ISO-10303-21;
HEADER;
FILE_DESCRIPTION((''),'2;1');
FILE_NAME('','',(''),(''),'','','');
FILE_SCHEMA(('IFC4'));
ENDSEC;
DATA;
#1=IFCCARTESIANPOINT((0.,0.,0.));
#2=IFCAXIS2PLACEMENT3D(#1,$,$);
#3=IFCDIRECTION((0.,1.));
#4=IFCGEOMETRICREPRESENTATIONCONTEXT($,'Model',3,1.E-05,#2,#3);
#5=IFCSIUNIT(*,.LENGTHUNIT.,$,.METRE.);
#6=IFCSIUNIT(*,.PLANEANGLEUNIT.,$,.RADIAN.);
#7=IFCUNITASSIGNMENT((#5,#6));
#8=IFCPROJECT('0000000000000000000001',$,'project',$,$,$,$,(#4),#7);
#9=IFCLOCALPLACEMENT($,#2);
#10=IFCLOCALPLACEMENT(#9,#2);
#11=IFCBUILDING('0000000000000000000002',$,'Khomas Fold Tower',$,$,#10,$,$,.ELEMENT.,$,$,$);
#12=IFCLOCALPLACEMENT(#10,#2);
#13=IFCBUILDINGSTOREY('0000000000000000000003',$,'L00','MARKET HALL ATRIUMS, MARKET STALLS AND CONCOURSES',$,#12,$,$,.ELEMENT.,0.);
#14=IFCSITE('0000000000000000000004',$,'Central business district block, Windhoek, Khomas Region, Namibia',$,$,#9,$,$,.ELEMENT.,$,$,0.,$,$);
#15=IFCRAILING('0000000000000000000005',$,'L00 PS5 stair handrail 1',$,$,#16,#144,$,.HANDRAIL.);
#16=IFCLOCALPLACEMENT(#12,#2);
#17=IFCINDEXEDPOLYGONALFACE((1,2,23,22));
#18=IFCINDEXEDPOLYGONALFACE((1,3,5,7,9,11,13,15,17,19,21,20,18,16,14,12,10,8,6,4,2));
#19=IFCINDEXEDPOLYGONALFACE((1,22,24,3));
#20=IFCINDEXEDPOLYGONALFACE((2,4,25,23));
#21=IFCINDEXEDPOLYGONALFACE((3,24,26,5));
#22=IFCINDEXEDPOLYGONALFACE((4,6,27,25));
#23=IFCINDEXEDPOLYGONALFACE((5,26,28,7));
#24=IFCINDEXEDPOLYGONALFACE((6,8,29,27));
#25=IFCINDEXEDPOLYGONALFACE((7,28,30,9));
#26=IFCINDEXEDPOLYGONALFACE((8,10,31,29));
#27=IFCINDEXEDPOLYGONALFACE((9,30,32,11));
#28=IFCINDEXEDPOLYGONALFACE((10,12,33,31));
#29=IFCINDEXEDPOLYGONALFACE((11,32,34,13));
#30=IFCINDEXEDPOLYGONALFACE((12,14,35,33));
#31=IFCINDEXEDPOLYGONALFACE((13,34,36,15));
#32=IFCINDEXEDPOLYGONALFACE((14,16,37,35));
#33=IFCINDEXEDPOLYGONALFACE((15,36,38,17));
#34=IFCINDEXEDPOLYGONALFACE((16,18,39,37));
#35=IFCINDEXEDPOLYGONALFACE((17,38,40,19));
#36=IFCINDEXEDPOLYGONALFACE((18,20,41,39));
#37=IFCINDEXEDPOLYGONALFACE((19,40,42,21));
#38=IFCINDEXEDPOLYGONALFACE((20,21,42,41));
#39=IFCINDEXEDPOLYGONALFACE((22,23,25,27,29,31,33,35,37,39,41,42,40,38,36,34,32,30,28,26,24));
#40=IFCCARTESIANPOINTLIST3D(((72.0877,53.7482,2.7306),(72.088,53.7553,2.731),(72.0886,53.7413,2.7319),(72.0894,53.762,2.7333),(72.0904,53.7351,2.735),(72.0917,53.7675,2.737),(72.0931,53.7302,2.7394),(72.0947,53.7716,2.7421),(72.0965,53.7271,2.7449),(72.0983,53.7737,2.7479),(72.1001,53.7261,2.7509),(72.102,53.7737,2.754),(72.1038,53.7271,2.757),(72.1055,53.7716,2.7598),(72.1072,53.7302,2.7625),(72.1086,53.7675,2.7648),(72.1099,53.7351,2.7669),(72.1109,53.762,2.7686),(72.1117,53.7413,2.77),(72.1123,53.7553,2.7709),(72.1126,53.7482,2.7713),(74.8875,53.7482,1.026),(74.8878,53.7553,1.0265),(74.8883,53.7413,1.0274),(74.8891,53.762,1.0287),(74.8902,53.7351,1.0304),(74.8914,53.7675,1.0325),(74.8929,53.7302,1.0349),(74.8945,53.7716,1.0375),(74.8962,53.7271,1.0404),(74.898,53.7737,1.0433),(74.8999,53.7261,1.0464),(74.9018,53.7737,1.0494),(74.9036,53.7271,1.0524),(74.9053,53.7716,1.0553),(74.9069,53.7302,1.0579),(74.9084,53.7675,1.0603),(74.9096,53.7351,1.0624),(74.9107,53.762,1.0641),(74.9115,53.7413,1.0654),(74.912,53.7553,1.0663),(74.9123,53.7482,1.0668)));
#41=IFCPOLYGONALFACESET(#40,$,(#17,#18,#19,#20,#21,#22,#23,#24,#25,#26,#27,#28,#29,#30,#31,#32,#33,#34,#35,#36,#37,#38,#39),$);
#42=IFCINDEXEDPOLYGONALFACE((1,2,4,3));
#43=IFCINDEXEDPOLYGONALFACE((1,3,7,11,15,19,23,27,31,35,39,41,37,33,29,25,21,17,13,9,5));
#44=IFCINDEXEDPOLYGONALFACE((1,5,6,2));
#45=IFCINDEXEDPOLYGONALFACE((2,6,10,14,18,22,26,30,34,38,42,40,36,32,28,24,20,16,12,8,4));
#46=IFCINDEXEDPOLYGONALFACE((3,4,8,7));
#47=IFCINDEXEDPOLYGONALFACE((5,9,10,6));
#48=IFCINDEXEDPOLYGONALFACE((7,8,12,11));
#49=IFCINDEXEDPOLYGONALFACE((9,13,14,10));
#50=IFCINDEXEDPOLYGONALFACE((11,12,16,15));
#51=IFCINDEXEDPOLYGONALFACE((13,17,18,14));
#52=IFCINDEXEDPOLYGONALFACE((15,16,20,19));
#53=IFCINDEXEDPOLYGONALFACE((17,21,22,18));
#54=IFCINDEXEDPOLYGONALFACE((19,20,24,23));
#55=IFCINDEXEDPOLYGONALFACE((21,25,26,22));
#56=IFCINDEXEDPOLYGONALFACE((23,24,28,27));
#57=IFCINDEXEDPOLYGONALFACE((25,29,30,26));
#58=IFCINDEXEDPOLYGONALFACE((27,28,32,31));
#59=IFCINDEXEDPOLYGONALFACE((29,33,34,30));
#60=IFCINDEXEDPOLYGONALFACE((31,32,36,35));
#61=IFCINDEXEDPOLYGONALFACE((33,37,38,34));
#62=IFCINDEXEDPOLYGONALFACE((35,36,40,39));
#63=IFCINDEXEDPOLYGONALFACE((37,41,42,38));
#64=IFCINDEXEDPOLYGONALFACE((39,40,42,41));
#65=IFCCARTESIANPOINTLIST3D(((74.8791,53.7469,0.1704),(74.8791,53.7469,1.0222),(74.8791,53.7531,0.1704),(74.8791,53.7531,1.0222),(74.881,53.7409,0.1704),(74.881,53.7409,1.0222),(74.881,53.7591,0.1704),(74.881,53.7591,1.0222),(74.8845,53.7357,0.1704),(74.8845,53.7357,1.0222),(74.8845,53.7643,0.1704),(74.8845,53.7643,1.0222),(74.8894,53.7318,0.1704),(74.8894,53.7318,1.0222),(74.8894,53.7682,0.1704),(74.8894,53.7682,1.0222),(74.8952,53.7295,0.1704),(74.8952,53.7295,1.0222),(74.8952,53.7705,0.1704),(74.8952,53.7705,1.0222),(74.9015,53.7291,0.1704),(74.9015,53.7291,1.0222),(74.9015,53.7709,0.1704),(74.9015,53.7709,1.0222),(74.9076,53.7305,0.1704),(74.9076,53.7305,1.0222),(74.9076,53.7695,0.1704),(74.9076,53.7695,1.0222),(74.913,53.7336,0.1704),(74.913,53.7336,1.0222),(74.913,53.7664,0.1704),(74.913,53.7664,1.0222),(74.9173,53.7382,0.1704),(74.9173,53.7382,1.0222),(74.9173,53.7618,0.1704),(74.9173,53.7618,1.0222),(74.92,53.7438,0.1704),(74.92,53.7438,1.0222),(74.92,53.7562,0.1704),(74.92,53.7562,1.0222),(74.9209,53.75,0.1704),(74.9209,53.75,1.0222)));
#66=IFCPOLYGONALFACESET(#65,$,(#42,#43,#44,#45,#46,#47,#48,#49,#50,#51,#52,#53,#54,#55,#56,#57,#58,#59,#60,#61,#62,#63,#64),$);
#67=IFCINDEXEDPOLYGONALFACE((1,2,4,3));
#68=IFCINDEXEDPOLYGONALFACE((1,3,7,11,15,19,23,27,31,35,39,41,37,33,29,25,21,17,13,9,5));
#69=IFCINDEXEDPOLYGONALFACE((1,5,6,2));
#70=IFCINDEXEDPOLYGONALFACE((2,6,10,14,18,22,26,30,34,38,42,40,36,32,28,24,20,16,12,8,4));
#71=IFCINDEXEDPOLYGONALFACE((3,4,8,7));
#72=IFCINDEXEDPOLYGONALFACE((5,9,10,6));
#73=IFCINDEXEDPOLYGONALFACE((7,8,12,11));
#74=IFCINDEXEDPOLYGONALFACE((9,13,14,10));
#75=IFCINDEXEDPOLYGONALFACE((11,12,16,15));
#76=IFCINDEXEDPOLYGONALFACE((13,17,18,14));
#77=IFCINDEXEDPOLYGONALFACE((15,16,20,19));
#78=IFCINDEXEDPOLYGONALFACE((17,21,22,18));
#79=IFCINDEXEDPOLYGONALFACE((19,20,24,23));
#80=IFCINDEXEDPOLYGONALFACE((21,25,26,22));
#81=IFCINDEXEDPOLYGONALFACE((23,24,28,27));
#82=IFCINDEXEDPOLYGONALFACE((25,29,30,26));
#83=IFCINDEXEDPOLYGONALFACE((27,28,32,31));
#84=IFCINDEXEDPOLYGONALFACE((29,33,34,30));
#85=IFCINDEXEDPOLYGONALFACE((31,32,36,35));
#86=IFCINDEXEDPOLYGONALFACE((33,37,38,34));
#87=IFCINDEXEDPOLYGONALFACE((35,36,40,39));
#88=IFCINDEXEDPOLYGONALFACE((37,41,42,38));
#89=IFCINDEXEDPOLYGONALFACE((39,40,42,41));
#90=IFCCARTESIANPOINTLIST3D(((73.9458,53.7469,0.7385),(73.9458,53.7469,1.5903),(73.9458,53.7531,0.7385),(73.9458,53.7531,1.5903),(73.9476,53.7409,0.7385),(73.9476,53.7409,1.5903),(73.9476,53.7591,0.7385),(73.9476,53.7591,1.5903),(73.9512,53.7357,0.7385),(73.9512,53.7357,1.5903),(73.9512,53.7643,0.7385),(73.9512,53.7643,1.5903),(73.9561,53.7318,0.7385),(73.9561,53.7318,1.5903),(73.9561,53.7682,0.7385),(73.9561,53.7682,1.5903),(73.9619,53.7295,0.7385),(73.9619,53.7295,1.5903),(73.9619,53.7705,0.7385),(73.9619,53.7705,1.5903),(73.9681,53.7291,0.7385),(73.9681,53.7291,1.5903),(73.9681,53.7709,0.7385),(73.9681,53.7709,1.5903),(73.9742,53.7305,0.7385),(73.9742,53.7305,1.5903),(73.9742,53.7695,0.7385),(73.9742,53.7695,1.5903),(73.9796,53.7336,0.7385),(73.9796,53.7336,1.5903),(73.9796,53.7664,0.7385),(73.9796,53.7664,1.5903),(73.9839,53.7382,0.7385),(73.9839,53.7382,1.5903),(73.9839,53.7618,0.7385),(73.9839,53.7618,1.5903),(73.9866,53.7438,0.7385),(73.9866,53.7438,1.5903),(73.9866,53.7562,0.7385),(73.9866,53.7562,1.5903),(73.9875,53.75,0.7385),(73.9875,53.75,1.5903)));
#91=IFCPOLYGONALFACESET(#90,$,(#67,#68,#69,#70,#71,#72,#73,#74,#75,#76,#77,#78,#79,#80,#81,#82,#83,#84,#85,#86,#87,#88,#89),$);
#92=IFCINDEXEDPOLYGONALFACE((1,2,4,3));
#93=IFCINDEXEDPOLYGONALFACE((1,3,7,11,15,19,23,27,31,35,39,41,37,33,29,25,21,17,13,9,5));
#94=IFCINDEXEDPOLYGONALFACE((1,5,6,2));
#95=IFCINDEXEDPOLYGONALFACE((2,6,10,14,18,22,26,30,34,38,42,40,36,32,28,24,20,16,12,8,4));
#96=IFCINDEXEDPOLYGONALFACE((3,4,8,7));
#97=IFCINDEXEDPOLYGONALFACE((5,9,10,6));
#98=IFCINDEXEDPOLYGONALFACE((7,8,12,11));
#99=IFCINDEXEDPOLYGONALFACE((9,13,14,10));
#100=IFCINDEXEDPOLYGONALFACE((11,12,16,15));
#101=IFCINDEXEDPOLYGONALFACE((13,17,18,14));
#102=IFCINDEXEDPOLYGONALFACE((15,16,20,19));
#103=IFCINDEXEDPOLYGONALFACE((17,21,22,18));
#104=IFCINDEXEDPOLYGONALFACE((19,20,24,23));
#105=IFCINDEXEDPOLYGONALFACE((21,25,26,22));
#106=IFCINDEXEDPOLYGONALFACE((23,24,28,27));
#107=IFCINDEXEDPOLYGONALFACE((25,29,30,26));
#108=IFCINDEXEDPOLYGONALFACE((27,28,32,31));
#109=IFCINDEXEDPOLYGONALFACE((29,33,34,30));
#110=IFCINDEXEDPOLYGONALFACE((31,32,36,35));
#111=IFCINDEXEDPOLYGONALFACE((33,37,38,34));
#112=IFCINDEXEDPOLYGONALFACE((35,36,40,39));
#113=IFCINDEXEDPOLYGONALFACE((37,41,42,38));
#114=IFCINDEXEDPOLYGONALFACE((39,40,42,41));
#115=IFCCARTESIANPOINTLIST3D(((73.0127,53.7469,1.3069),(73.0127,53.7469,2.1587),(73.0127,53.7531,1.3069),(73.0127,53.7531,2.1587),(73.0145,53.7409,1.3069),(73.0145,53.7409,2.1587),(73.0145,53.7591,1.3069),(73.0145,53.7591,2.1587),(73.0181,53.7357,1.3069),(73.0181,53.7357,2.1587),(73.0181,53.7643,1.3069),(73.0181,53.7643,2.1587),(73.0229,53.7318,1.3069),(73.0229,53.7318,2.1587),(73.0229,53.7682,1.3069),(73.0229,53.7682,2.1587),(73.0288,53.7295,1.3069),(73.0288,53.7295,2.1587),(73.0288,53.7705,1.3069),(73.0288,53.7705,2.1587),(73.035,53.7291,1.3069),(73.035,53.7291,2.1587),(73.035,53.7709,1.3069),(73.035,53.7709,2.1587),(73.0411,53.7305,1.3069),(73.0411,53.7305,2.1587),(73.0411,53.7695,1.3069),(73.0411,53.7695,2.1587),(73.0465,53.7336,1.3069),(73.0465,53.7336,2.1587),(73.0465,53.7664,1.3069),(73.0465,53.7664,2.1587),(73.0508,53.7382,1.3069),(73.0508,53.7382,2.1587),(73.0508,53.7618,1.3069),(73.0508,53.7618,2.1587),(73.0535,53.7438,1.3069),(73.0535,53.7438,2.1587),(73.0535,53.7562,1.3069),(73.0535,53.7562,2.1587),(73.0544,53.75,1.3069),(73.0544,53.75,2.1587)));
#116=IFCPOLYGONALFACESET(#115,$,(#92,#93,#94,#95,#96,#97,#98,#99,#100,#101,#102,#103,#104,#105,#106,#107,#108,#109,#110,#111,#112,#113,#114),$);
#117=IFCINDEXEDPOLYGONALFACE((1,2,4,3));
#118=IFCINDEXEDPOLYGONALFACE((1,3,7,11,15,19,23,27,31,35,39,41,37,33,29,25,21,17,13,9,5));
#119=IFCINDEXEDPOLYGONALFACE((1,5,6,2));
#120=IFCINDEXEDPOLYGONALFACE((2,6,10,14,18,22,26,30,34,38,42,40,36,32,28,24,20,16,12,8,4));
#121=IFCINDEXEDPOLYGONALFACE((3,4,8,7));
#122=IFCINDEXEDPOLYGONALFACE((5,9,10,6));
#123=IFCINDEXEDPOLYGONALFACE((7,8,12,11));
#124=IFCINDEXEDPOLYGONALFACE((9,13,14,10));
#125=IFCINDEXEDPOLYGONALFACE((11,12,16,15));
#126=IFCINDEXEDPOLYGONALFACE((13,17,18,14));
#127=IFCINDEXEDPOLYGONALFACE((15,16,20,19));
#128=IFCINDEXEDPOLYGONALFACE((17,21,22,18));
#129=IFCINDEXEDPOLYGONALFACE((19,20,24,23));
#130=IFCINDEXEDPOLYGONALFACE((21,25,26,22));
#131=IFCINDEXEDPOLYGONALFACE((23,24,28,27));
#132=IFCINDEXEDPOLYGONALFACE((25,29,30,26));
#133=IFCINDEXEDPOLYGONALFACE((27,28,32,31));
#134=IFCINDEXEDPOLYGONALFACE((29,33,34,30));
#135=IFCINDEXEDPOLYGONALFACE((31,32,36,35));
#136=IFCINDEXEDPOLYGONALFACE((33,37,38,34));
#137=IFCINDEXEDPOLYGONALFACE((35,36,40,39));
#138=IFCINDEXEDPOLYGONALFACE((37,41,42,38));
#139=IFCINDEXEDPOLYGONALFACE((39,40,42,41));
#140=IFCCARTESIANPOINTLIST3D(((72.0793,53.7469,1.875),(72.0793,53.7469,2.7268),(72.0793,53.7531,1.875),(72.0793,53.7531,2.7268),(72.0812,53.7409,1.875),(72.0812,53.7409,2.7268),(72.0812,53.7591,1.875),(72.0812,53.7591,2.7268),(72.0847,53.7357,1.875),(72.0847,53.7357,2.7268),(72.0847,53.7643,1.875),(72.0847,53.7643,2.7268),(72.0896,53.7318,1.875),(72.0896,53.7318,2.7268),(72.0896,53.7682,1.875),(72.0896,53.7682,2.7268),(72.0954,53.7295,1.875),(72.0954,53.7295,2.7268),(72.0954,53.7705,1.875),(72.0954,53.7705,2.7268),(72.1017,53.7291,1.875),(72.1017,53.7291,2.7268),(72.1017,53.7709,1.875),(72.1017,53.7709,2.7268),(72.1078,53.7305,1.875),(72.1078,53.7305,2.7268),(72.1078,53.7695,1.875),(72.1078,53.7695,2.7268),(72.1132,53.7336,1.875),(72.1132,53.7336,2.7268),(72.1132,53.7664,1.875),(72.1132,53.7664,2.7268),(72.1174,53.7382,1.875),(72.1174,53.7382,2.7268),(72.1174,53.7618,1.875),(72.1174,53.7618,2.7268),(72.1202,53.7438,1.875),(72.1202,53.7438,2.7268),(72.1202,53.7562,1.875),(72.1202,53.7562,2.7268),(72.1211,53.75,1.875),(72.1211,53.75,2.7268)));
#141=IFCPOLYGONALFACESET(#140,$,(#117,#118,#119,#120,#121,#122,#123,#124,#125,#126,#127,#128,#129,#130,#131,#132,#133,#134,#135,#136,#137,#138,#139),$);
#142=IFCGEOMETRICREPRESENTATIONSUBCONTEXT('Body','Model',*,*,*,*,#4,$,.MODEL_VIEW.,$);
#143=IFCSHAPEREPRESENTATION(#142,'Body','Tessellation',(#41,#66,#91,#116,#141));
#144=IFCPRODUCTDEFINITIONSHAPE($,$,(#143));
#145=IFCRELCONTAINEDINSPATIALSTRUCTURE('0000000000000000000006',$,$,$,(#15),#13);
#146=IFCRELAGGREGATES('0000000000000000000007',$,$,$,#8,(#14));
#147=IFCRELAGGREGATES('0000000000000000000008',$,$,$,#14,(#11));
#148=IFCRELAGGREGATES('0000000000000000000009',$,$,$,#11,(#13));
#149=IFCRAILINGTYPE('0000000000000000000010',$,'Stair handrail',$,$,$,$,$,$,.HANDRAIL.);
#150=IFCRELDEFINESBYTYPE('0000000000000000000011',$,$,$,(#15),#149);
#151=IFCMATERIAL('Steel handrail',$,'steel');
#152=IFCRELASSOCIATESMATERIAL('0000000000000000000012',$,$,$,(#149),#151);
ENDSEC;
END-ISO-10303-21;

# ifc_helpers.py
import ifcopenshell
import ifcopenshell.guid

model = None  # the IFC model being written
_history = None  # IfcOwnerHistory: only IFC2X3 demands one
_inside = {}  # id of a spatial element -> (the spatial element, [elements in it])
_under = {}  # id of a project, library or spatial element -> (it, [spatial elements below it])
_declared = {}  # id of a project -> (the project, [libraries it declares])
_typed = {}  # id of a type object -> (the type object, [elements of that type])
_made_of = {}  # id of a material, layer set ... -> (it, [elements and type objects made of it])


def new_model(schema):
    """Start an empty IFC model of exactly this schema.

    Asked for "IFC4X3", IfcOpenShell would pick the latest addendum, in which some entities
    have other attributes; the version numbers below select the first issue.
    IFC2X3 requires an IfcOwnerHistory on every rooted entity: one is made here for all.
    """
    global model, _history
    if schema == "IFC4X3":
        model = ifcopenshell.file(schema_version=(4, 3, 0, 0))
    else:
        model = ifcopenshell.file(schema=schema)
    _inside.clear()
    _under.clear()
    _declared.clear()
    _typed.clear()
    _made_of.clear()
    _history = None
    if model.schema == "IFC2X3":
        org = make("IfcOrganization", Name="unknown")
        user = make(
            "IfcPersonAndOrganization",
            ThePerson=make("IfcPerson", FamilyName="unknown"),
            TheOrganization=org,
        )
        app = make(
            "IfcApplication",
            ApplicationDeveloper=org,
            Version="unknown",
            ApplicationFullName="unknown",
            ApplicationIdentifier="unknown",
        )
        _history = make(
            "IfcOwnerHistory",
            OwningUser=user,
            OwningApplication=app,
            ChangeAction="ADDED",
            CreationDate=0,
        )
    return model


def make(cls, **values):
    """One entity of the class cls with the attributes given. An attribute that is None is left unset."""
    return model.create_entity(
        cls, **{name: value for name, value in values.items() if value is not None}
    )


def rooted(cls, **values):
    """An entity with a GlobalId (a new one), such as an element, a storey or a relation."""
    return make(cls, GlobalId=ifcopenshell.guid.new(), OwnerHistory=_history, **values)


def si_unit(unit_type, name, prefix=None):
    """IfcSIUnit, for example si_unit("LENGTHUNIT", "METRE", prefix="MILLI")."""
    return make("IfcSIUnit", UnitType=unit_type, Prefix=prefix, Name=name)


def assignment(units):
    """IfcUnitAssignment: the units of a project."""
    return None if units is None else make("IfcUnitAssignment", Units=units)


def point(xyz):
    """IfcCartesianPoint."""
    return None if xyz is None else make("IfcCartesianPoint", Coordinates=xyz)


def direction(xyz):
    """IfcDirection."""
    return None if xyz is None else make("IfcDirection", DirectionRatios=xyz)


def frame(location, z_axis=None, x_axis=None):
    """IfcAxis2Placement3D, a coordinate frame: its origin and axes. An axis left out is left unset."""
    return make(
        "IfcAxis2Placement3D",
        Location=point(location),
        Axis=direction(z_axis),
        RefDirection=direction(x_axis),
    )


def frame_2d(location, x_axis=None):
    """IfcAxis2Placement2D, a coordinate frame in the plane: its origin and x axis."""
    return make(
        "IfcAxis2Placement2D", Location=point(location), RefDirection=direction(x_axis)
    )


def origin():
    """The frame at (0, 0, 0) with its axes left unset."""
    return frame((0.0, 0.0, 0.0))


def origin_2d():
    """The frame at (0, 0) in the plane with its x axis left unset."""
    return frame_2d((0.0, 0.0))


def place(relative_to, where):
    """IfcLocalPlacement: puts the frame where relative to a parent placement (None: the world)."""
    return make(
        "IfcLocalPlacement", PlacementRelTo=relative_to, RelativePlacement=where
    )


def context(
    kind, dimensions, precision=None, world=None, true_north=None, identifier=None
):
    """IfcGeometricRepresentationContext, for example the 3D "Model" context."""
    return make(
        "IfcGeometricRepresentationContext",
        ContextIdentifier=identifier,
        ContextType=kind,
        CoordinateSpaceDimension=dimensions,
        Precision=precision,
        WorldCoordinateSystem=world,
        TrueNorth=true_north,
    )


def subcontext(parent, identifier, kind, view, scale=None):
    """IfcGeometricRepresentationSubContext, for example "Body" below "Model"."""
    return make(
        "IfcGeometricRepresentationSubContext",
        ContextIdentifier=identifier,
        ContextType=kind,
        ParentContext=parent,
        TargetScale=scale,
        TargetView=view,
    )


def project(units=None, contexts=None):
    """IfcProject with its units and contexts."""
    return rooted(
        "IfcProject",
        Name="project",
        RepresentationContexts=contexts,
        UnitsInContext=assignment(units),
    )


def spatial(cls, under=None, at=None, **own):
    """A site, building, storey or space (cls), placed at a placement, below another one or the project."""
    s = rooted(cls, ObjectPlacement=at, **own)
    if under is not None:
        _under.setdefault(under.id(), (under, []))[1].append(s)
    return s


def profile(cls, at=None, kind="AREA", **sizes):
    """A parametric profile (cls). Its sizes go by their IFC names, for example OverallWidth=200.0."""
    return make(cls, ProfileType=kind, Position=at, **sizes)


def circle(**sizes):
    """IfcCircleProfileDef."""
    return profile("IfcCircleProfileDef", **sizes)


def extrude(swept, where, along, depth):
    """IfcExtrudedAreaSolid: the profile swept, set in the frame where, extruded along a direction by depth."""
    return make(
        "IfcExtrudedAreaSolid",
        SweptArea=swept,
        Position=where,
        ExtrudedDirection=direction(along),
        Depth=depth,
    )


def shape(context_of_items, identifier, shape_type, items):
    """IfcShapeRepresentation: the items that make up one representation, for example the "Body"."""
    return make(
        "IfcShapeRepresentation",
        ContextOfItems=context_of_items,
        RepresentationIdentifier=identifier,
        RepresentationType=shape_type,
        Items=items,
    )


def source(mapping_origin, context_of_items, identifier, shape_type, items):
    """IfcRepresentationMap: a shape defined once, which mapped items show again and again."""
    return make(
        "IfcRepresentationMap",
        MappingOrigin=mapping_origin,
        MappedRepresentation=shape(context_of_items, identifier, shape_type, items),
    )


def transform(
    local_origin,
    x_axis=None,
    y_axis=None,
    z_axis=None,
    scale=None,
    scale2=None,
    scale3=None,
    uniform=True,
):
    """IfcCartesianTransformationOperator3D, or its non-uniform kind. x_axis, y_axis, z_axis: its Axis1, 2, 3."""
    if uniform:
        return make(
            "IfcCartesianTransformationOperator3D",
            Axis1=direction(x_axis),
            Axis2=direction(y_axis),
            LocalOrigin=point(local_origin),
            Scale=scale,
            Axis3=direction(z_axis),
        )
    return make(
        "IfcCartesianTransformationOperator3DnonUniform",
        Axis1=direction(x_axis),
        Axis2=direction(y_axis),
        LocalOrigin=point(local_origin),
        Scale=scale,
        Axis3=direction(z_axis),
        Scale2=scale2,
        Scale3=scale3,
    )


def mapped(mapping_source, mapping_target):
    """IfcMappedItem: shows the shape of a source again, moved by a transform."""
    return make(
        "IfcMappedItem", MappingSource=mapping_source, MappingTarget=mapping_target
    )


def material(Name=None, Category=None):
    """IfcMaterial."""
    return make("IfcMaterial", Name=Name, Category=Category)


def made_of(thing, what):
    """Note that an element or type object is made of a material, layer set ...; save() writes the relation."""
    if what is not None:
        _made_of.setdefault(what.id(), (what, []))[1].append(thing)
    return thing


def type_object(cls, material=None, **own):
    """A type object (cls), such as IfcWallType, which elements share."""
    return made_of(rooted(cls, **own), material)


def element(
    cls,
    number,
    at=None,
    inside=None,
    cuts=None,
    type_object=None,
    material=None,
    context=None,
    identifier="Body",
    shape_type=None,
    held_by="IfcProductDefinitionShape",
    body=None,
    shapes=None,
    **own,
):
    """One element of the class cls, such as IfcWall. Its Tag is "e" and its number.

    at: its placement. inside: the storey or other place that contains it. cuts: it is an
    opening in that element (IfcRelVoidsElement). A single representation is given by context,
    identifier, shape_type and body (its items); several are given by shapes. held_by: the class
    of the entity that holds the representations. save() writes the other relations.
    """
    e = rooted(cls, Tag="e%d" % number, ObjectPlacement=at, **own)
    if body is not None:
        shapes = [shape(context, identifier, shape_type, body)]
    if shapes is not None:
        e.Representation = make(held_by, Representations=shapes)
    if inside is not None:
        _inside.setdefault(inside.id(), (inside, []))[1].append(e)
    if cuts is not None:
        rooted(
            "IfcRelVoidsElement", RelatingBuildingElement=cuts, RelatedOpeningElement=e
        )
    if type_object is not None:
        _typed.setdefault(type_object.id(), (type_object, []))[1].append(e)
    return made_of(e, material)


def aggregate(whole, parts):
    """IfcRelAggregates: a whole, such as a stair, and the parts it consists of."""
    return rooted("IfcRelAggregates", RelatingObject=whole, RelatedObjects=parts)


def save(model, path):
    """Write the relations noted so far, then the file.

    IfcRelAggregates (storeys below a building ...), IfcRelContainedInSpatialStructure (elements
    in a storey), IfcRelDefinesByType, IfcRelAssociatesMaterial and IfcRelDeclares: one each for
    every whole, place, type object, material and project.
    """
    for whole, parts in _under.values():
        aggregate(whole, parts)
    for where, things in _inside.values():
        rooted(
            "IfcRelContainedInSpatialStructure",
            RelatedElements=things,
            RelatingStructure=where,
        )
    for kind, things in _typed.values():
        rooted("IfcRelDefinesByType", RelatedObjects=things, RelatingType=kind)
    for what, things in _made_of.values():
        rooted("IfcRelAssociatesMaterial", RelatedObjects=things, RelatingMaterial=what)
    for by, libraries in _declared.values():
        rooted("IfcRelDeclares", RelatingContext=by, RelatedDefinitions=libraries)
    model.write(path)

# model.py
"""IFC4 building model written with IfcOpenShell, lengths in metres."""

from ifc_helpers import new_model, si_unit, direction, frame, origin, origin_2d, place, context, subcontext, project, spatial, circle, extrude, source, transform, mapped, material, type_object, element, save


model = new_model("IFC4")

# Units and contexts
model_context = context("Model", 3, precision=1e-05, world=origin(), true_north=direction((0.0, 1.0)))
body_context = subcontext(model_context, "Body", "Model", "MODEL_VIEW")
ifc_project = project(units=[si_unit("LENGTHUNIT", "METRE"), si_unit("PLANEANGLEUNIT", "RADIAN")], contexts=[model_context])

# Site, building, storey
site_placement = place(None, origin())
site = spatial("IfcSite", under=ifc_project, at=site_placement, Name="Central business district block, Windhoek, Khomas Region, Namibia", CompositionType="ELEMENT", RefElevation=0.0)
building_placement = place(site_placement, origin())
building = spatial("IfcBuilding", under=site, at=building_placement, Name="Khomas Fold Tower", CompositionType="ELEMENT")
storey_placement = place(building_placement, origin())
storey = spatial("IfcBuildingStorey", under=building, at=storey_placement, Name="L00", Description="MARKET HALL ATRIUMS, MARKET STALLS AND CONCOURSES", CompositionType="ELEMENT", Elevation=0.0)

# Railing
ifc_material_1 = material(Name="Steel handrail", Category="steel")
railing_type_1 = type_object("IfcRailingType", Name="Stair handrail", PredefinedType="HANDRAIL", material=ifc_material_1)
shared_shape_1 = source(origin(), body_context, "Body", "SweptSolid", [
    extrude(circle(Radius=0.0239, at=origin_2d()), frame((0.0, 0.0, 0.876), z_axis=(-0.85415, 0.0, 0.520027), x_axis=(0.0, -1.0, 0.0)), (0.0, 0.0, 1.0), 3.2778),
    extrude(circle(Radius=0.021, at=origin_2d()), origin(), (0.0, 0.0, 1.0), 0.8518),
    extrude(circle(Radius=0.021, at=origin_2d()), frame((-0.9333, 0.0, 0.5681)), (0.0, 0.0, 1.0), 0.8518),
    extrude(circle(Radius=0.021, at=origin_2d()), frame((-1.8665, 0.0, 1.1365)), (0.0, 0.0, 1.0), 0.8518),
    extrude(circle(Radius=0.021, at=origin_2d()), frame((-2.7998, 0.0, 1.7046)), (0.0, 0.0, 1.0), 0.8518),
])
for number, where, name in (
    (1, (74.8999, 53.75, 0.1704), "L00 PS5 stair handrail 1"),
):
    element("IfcRailing", number, at=place(storey_placement, frame(where)), inside=storey, type_object=railing_type_1, Name=name, PredefinedType="HANDRAIL", context=body_context, shape_type="MappedRepresentation", body=[
        mapped(shared_shape_1, transform((0.0, 0.0, 0.0))),
    ])

save(model, "model.ifc")
